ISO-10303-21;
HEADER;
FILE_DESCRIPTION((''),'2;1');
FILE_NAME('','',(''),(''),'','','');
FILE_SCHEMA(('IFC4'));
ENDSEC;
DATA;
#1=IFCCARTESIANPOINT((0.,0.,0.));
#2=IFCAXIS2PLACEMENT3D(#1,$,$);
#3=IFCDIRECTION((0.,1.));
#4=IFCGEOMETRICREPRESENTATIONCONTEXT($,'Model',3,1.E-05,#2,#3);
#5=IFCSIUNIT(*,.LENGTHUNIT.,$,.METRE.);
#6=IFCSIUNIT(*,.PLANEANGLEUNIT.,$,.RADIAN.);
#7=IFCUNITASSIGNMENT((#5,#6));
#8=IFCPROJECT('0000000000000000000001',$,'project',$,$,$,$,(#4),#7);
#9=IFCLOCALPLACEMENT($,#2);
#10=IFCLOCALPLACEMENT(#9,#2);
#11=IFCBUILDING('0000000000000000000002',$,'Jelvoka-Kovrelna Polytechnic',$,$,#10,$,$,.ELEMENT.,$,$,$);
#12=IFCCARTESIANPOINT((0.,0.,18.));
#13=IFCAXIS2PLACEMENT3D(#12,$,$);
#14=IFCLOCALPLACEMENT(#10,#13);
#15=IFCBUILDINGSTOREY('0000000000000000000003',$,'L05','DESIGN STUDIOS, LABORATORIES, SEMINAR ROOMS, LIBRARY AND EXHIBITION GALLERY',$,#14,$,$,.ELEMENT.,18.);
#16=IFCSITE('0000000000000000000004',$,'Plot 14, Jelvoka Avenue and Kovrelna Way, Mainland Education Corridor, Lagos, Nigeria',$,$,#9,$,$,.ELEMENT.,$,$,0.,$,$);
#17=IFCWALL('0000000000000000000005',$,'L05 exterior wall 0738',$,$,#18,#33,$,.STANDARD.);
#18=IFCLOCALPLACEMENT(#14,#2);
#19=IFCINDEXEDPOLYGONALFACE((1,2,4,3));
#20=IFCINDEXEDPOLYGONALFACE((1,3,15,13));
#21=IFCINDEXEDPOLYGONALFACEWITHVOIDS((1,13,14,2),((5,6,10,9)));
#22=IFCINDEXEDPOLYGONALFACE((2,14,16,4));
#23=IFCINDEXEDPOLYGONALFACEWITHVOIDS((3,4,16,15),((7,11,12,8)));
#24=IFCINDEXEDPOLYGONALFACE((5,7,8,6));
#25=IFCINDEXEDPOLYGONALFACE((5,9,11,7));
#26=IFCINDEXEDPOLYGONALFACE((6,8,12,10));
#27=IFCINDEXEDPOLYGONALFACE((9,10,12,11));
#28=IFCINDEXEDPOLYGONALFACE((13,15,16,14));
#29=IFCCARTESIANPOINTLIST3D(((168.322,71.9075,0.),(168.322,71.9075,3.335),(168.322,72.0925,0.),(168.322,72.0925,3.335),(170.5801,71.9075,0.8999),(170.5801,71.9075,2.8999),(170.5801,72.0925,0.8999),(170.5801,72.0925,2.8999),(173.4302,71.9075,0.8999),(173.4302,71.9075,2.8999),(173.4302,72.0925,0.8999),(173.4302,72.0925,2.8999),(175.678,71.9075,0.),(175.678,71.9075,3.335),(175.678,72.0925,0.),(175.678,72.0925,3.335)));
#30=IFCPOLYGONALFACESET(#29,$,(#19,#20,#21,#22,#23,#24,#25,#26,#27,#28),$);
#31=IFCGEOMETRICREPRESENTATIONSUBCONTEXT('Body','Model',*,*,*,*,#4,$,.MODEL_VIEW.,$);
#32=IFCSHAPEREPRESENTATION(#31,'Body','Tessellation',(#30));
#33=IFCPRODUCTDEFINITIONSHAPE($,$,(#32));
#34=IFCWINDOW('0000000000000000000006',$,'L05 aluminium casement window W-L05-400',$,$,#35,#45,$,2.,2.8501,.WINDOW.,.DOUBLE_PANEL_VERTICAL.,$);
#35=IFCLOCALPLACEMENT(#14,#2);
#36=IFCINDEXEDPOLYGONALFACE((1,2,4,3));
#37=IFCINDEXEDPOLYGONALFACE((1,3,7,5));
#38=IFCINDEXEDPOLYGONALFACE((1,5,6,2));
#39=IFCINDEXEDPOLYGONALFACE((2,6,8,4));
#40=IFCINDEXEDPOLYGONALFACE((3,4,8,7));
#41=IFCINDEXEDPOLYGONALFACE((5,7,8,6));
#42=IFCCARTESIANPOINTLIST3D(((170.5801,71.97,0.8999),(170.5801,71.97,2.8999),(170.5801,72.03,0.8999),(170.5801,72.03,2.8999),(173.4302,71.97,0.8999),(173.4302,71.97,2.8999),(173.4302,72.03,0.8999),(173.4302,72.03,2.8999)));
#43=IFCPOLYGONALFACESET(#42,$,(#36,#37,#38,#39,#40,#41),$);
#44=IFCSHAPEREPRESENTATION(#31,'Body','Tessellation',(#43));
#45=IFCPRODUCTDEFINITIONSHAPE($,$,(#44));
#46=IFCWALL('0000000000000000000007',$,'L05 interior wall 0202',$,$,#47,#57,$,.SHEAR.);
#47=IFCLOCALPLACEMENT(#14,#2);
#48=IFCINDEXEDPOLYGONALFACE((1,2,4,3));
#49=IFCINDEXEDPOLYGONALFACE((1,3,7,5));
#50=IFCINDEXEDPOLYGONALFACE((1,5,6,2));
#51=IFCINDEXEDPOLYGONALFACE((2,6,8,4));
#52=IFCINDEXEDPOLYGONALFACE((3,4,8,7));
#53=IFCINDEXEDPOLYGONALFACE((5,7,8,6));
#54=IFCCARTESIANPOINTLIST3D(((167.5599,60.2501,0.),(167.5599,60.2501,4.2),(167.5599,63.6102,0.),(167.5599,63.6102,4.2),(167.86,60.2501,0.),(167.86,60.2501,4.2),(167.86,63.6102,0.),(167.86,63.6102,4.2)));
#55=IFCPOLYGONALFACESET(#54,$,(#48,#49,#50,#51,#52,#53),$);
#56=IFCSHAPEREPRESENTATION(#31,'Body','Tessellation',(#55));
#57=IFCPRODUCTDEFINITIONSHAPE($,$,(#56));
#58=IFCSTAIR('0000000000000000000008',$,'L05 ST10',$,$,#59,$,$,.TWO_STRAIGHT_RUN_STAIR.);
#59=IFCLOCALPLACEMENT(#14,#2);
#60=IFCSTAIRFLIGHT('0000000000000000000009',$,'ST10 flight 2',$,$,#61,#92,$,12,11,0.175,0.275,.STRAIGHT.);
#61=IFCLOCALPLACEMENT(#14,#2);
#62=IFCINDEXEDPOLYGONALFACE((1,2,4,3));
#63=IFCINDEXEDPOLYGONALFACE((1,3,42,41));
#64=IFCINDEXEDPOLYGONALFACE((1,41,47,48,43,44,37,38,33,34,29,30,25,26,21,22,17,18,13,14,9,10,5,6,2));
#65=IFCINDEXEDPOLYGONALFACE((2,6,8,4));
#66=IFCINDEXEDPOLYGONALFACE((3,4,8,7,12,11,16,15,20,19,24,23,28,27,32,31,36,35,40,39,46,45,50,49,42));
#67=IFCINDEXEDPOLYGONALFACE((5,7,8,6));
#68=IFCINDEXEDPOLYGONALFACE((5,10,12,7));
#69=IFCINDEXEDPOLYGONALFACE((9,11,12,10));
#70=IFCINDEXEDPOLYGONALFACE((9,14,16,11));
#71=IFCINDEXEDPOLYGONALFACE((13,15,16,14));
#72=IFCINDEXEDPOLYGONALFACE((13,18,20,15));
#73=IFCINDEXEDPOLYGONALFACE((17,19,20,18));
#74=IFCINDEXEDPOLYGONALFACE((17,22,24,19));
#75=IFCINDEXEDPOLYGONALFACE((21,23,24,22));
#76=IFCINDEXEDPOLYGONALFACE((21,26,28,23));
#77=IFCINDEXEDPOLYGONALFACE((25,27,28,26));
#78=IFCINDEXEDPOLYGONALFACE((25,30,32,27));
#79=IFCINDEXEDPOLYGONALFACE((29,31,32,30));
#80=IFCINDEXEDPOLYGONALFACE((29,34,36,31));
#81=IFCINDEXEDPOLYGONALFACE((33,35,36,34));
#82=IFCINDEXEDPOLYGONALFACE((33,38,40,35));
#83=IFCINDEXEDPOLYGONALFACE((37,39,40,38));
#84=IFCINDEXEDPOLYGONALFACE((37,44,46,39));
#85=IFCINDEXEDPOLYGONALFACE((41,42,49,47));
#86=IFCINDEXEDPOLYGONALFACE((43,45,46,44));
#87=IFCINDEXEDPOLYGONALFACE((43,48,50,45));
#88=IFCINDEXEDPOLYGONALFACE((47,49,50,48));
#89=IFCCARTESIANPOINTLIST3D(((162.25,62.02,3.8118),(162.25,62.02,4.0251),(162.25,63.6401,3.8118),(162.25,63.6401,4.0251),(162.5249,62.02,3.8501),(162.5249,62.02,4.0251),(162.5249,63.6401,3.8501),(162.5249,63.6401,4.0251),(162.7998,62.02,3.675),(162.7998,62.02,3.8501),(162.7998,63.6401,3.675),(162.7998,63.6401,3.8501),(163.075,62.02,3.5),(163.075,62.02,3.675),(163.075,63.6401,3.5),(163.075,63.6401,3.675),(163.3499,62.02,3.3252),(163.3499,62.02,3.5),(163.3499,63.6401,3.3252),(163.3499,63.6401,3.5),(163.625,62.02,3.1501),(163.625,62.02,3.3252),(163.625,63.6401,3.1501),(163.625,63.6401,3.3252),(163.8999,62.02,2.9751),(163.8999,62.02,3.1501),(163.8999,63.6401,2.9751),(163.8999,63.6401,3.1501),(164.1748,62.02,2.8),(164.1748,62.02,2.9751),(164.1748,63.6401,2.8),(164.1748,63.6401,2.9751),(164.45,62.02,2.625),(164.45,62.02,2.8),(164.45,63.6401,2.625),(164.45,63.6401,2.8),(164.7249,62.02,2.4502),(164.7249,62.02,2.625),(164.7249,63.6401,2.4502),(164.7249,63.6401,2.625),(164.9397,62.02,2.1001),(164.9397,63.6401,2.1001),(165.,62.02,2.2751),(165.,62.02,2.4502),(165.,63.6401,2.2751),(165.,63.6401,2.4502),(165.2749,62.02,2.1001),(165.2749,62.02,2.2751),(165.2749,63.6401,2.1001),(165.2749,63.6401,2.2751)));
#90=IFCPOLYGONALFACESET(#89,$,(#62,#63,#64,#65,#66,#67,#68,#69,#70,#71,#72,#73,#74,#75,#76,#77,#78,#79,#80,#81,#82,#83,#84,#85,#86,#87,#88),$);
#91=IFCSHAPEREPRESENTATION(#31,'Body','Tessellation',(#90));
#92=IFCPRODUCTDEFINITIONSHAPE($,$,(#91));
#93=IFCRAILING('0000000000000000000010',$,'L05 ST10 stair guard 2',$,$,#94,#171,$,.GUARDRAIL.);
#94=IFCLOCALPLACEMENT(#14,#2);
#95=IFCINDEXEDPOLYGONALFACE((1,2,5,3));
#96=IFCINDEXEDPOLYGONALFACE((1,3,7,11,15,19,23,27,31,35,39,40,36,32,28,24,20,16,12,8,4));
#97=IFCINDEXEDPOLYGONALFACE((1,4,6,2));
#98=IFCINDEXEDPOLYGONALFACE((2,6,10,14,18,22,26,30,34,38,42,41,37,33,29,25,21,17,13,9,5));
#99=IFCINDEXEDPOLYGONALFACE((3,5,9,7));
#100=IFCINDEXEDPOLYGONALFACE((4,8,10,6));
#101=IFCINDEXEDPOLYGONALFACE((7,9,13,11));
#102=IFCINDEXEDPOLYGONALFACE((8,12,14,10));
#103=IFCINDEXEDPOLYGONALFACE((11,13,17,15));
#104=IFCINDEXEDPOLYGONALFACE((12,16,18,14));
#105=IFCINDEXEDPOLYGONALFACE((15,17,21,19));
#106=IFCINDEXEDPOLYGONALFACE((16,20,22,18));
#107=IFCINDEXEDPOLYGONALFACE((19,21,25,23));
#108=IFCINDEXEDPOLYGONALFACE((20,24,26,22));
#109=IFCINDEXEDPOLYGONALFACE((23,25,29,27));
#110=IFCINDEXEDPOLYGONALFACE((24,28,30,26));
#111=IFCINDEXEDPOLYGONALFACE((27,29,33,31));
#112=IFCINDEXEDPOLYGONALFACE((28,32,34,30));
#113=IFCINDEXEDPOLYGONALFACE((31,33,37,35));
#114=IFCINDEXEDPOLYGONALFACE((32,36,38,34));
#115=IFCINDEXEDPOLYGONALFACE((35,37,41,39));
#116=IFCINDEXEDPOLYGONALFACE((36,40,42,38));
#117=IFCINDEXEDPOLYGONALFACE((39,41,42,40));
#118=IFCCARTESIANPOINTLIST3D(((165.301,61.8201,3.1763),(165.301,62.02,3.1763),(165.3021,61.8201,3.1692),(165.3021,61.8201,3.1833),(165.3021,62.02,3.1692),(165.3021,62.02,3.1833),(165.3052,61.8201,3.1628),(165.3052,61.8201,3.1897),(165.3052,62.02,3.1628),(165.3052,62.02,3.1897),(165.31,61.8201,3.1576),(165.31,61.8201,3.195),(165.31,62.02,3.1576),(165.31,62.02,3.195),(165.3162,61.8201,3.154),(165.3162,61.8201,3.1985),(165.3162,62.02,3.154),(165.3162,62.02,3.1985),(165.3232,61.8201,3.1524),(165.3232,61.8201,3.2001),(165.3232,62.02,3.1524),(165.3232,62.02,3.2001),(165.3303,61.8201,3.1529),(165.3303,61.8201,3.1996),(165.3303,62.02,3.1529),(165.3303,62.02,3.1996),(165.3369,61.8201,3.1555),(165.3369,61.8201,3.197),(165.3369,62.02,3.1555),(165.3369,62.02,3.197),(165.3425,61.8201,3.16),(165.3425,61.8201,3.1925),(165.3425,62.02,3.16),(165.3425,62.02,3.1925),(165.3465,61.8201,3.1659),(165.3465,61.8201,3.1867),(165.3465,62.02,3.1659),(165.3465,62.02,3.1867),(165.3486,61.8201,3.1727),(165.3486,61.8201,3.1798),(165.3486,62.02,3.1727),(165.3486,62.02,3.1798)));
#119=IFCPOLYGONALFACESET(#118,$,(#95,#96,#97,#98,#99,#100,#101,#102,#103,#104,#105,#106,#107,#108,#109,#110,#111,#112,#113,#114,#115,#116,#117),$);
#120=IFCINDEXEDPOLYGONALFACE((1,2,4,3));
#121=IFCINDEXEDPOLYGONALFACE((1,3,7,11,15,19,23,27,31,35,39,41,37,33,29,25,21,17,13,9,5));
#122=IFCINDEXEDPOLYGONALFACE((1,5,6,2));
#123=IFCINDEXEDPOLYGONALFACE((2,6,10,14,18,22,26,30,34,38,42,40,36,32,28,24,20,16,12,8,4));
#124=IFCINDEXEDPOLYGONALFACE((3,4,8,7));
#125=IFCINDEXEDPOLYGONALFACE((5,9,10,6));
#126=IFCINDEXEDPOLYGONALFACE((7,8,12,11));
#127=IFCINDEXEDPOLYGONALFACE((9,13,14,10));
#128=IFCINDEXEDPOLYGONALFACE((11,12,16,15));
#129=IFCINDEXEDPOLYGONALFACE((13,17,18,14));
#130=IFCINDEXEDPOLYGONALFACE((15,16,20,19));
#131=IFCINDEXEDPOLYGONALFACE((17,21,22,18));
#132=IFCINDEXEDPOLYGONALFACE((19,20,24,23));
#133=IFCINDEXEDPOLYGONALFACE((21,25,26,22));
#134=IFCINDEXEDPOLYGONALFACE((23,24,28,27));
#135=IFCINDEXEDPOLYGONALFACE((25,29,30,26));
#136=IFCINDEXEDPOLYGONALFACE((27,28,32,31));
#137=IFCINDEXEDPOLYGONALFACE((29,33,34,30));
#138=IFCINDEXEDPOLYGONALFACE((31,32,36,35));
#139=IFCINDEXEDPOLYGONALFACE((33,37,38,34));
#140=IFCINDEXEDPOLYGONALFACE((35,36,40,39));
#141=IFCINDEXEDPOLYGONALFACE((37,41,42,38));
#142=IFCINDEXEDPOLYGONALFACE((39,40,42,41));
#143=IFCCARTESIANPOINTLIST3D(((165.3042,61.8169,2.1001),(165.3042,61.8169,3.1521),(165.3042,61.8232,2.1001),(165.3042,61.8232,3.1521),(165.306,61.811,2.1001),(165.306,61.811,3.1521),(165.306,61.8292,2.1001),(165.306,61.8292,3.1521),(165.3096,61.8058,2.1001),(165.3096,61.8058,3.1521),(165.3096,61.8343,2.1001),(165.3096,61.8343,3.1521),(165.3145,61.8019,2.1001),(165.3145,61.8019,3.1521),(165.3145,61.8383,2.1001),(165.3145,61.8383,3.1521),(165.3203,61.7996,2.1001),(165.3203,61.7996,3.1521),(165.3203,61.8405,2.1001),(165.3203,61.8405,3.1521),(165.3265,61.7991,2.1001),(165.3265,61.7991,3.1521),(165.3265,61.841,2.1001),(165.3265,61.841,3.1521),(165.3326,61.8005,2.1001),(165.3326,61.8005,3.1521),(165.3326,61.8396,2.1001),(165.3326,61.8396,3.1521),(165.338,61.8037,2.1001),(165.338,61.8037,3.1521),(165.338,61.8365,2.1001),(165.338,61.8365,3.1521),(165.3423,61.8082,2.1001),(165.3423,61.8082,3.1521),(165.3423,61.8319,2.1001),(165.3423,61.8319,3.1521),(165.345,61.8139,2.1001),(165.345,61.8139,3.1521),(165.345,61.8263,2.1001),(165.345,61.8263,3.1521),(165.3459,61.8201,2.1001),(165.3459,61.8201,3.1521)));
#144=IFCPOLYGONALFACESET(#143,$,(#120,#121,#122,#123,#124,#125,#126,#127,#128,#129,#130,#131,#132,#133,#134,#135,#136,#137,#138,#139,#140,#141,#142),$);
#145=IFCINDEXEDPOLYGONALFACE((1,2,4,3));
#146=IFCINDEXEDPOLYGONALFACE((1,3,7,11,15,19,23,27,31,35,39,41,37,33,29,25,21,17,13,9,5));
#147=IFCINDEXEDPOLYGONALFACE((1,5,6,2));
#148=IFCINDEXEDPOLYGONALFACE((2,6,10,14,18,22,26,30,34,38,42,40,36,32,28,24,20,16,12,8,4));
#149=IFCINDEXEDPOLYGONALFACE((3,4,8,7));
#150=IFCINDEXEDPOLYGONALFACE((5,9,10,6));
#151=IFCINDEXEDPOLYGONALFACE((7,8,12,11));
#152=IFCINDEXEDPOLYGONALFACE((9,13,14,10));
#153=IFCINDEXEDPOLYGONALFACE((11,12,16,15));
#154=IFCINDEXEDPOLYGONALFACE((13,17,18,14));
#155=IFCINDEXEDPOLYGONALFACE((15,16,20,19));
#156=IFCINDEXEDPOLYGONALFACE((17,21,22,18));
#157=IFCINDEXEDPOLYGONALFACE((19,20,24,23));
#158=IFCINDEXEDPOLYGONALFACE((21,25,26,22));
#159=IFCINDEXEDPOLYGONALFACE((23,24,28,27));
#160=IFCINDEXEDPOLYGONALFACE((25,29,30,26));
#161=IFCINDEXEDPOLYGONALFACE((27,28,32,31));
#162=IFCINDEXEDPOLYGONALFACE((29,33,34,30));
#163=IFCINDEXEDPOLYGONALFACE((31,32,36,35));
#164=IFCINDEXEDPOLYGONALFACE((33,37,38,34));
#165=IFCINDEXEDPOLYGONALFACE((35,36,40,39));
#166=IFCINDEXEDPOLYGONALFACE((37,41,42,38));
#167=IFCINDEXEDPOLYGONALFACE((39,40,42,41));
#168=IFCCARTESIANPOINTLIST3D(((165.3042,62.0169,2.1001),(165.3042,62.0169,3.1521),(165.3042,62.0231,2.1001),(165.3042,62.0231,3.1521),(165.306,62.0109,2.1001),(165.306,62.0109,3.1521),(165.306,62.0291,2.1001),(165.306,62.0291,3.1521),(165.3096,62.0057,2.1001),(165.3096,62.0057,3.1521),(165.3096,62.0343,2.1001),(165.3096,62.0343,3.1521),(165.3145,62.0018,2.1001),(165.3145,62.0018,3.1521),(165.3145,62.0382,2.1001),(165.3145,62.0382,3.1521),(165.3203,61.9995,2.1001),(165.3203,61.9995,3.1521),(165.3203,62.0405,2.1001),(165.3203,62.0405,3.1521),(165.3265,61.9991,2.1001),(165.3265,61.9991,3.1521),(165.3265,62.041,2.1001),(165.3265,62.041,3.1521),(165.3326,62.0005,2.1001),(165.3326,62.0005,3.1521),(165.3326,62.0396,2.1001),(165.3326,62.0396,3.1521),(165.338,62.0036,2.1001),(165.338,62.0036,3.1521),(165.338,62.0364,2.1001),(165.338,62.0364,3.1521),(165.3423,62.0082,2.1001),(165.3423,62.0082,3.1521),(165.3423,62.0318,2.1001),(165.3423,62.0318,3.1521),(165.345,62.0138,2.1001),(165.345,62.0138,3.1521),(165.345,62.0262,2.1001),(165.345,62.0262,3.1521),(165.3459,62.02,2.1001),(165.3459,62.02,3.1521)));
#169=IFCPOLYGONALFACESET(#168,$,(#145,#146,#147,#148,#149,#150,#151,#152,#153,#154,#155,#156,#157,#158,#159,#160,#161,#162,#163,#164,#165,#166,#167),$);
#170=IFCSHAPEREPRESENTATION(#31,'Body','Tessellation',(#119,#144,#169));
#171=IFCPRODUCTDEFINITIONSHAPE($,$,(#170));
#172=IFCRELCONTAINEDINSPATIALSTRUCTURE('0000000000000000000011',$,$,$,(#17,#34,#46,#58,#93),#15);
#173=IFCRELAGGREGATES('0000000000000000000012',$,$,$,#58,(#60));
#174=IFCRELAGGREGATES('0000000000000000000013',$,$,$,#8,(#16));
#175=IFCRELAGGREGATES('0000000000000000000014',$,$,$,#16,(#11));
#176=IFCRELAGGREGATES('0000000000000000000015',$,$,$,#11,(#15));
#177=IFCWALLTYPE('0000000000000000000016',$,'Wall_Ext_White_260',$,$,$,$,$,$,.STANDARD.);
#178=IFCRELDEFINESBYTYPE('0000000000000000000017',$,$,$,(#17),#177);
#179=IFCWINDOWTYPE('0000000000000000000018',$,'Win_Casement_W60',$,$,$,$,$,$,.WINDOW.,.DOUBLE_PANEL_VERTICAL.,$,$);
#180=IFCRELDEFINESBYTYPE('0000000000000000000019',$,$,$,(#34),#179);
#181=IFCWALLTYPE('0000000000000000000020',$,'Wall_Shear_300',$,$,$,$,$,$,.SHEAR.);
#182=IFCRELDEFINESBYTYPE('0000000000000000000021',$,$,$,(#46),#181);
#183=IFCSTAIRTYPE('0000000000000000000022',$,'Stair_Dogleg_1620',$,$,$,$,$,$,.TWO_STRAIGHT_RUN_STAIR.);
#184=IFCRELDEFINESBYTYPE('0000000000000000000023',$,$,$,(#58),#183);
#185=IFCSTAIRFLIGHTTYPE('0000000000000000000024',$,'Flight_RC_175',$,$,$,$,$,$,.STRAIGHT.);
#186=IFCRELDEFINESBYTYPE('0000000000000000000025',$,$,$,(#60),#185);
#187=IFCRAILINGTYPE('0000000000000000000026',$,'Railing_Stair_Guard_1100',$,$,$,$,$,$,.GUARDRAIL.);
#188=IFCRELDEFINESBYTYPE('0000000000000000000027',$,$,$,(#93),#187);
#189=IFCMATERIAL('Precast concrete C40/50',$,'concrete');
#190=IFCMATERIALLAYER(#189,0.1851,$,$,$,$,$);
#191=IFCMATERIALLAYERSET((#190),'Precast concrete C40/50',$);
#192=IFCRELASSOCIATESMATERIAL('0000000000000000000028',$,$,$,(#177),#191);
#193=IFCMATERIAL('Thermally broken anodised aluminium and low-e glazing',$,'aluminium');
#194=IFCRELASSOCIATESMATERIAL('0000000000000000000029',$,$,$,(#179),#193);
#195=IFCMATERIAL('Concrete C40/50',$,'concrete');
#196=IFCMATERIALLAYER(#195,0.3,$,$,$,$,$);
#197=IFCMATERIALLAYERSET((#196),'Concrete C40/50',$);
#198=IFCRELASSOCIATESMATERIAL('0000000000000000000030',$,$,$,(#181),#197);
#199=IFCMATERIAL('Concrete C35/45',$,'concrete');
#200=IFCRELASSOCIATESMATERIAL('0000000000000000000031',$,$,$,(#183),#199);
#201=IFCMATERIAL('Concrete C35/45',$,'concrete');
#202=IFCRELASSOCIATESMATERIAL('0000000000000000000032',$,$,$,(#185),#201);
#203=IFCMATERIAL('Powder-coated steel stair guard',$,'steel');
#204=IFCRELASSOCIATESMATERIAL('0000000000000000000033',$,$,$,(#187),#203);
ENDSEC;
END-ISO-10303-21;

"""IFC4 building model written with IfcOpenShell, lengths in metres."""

from ifc_helpers import new_model, si_unit, direction, frame, frame_2d, origin, origin_2d, place, context, subcontext, project, spatial, polyline, rectangle, circle, outline, extrude, material, layer, layer_set, type_object, element, fill, aggregate, save


model = new_model("IFC4")

# Units and contexts
model_context = context("Model", 3, precision=1e-05, world=origin(), true_north=direction((0.0, 1.0)))
body_context = subcontext(model_context, "Body", "Model", "MODEL_VIEW")
ifc_project = project(units=[si_unit("LENGTHUNIT", "METRE"), si_unit("PLANEANGLEUNIT", "RADIAN")], contexts=[model_context])

# Site, building, storey
site_placement = place(None, origin())
site = spatial("IfcSite", under=ifc_project, at=site_placement, Name="Plot 14, Jelvoka Avenue and Kovrelna Way, Mainland Education Corridor, Lagos, Nigeria", CompositionType="ELEMENT", RefElevation=0.0)
building_placement = place(site_placement, origin())
building = spatial("IfcBuilding", under=site, at=building_placement, Name="Jelvoka-Kovrelna Polytechnic", CompositionType="ELEMENT")
storey_placement = place(building_placement, frame((0.0, 0.0, 18.0)))
storey = spatial("IfcBuildingStorey", under=building, at=storey_placement, Name="L05", Description="DESIGN STUDIOS, LABORATORIES, SEMINAR ROOMS, LIBRARY AND EXHIBITION GALLERY", CompositionType="ELEMENT", Elevation=18.0)

# Wall, opening, window
ifc_material_1 = material(Name="Precast concrete C40/50", Category="concrete")
ifc_layer_1 = layer(ifc_material_1, 0.1851)
ifc_layer_set_1 = layer_set([ifc_layer_1], Name="Precast concrete C40/50")
wall_type_1 = type_object("IfcWallType", Name="Wall_Ext_White_260", PredefinedType="STANDARD", material=ifc_layer_set_1)
wall_1_placement = place(storey_placement, frame((168.322, 72.0, 0.0), z_axis=(0.0, 0.0, 1.0), x_axis=(1.0, 0.0, 0.0)))
wall_1 = element("IfcWall", 1, at=wall_1_placement, inside=storey, type_object=wall_type_1, Name="L05 exterior wall 0738", PredefinedType="STANDARD", context=body_context, shape_type="SweptSolid", body=[
    extrude(rectangle(XDim=7.356, YDim=0.1851, at=frame_2d((3.678, 0.0))), origin(), (0.0, 0.0, 1.0), 3.335),
])
opening_1_placement = place(wall_1_placement, frame((2.2581, 0.0, 0.8999)))
opening_1 = element("IfcOpeningElement", 2, at=opening_1_placement, cuts=wall_1, PredefinedType="OPENING", context=body_context, shape_type="SweptSolid", body=[
    extrude(rectangle(XDim=2.8501, YDim=2.0, at=frame_2d((1.425, 1.0))), frame((0.0, 0.1025, 0.0), z_axis=(0.0, -1.0, 0.0), x_axis=(1.0, 0.0, 0.0)), (0.0, 0.0, 1.0), 0.2051),
])
ifc_material_2 = material(Name="Thermally broken anodised aluminium and low-e glazing", Category="aluminium")
window_type = type_object("IfcWindowType", Name="Win_Casement_W60", PartitioningType="DOUBLE_PANEL_VERTICAL", PredefinedType="WINDOW", material=ifc_material_2)
window_placement = place(opening_1_placement, origin())
window = element("IfcWindow", 3, at=window_placement, inside=storey, type_object=window_type, Name="L05 aluminium casement window W-L05-400", OverallHeight=2.0, OverallWidth=2.8501, PartitioningType="DOUBLE_PANEL_VERTICAL", PredefinedType="WINDOW", context=body_context, shape_type="SweptSolid", body=[
    extrude(rectangle(XDim=2.8501, YDim=2.0, at=frame_2d((1.425, 1.0))), frame((0.0, 0.03, 0.0), z_axis=(0.0, -1.0, 0.0), x_axis=(1.0, 0.0, 0.0)), (0.0, 0.0, 1.0), 0.0601),
])
fill(opening_1, window)

# Wall
ifc_material_3 = material(Name="Concrete C40/50", Category="concrete")
ifc_layer_2 = layer(ifc_material_3, 0.3)
ifc_layer_set_2 = layer_set([ifc_layer_2], Name="Concrete C40/50")
wall_type_2 = type_object("IfcWallType", Name="Wall_Shear_300", PredefinedType="SHEAR", material=ifc_layer_set_2)
wall_2_placement = place(storey_placement, frame((167.71, 60.25, 0.0), z_axis=(0.0, 0.0, 1.0), x_axis=(0.0, 1.0, 0.0)))
element("IfcWall", 4, at=wall_2_placement, inside=storey, type_object=wall_type_2, Name="L05 interior wall 0202", PredefinedType="SHEAR", context=body_context, shape_type="SweptSolid", body=[
    extrude(rectangle(XDim=3.3601, YDim=0.3, at=frame_2d((1.6802, 0.0))), origin(), (0.0, 0.0, 1.0), 4.2),
])

# Stair, stair flight
ifc_material_4 = material(Name="Concrete C35/45", Category="concrete")
stair_type = type_object("IfcStairType", Name="Stair_Dogleg_1620", PredefinedType="TWO_STRAIGHT_RUN_STAIR", material=ifc_material_4)
stair_placement = place(storey_placement, origin())
stair = element("IfcStair", 5, at=stair_placement, inside=storey, type_object=stair_type, Name="L05 ST10", PredefinedType="TWO_STRAIGHT_RUN_STAIR")
ifc_material_5 = material(Name="Concrete C35/45", Category="concrete")
stair_flight_type = type_object("IfcStairFlightType", Name="Flight_RC_175", PredefinedType="STRAIGHT", material=ifc_material_5)
stair_flight_placement = place(storey_placement, frame((165.2749, 62.8301, 2.1001), z_axis=(0.0, 0.0, 1.0), x_axis=(-1.0, 0.0, 0.0)))
stair_flight = element("IfcStairFlight", 6, at=stair_flight_placement, type_object=stair_flight_type, Name="ST10 flight 2", NumberOfRisers=12, NumberOfTreads=11, PredefinedType="STRAIGHT", RiserHeight=0.175, TreadLength=0.275, context=body_context, shape_type="SweptSolid", body=[
    extrude(outline(polyline([(0.0, 0.0), (0.0, 0.175), (0.2749, 0.175), (0.2749, 0.3501), (0.55, 0.3501), (0.55, 0.5249), (0.825, 0.5249), (0.825, 0.7), (1.1001, 0.7), (1.1001, 0.875), (1.375, 0.875), (1.375, 1.05), (1.6499, 1.05), (1.6499, 1.2251), (1.925, 1.2251), (1.925, 1.3999), (2.2, 1.3999), (2.2, 1.575), (2.4751, 1.575), (2.4751, 1.75), (2.75, 1.75), (2.75, 1.925), (3.0249, 1.925), (3.0249, 2.1001), (3.0249, 1.7117), (0.3352, 0.0), (0.0, 0.0)])), frame((0.0, 0.8101, 0.0), z_axis=(0.0, -1.0, 0.0), x_axis=(1.0, 0.0, 0.0)), (0.0, 0.0, 1.0), 1.6201),
])
aggregate(stair, [stair_flight])

# Railing
ifc_material_6 = material(Name="Powder-coated steel stair guard", Category="steel")
railing_type_1 = type_object("IfcRailingType", Name="Railing_Stair_Guard_1100", PredefinedType="GUARDRAIL", material=ifc_material_6)
railing_1_placement = place(storey_placement, frame((165.325, 61.8201, 2.1001)))
element("IfcRailing", 7, at=railing_1_placement, inside=storey, type_object=railing_type_1, Name="L05 ST10 stair guard 2", PredefinedType="GUARDRAIL", context=body_context, shape_type="SweptSolid", body=[
    extrude(circle(Radius=0.0239, at=origin_2d()), frame((0.0, 0.0, 1.0762), z_axis=(0.0, 1.0, 0.0), x_axis=(-1.0, 0.0, 0.0)), (0.0, 0.0, 1.0), 0.2),
    extrude(circle(Radius=0.021, at=origin_2d()), origin(), (0.0, 0.0, 1.0), 1.052),
    extrude(circle(Radius=0.021, at=origin_2d()), frame((0.0, 0.2, 0.0)), (0.0, 0.0, 1.0), 1.052),
])

save(model, "model.ifc")
